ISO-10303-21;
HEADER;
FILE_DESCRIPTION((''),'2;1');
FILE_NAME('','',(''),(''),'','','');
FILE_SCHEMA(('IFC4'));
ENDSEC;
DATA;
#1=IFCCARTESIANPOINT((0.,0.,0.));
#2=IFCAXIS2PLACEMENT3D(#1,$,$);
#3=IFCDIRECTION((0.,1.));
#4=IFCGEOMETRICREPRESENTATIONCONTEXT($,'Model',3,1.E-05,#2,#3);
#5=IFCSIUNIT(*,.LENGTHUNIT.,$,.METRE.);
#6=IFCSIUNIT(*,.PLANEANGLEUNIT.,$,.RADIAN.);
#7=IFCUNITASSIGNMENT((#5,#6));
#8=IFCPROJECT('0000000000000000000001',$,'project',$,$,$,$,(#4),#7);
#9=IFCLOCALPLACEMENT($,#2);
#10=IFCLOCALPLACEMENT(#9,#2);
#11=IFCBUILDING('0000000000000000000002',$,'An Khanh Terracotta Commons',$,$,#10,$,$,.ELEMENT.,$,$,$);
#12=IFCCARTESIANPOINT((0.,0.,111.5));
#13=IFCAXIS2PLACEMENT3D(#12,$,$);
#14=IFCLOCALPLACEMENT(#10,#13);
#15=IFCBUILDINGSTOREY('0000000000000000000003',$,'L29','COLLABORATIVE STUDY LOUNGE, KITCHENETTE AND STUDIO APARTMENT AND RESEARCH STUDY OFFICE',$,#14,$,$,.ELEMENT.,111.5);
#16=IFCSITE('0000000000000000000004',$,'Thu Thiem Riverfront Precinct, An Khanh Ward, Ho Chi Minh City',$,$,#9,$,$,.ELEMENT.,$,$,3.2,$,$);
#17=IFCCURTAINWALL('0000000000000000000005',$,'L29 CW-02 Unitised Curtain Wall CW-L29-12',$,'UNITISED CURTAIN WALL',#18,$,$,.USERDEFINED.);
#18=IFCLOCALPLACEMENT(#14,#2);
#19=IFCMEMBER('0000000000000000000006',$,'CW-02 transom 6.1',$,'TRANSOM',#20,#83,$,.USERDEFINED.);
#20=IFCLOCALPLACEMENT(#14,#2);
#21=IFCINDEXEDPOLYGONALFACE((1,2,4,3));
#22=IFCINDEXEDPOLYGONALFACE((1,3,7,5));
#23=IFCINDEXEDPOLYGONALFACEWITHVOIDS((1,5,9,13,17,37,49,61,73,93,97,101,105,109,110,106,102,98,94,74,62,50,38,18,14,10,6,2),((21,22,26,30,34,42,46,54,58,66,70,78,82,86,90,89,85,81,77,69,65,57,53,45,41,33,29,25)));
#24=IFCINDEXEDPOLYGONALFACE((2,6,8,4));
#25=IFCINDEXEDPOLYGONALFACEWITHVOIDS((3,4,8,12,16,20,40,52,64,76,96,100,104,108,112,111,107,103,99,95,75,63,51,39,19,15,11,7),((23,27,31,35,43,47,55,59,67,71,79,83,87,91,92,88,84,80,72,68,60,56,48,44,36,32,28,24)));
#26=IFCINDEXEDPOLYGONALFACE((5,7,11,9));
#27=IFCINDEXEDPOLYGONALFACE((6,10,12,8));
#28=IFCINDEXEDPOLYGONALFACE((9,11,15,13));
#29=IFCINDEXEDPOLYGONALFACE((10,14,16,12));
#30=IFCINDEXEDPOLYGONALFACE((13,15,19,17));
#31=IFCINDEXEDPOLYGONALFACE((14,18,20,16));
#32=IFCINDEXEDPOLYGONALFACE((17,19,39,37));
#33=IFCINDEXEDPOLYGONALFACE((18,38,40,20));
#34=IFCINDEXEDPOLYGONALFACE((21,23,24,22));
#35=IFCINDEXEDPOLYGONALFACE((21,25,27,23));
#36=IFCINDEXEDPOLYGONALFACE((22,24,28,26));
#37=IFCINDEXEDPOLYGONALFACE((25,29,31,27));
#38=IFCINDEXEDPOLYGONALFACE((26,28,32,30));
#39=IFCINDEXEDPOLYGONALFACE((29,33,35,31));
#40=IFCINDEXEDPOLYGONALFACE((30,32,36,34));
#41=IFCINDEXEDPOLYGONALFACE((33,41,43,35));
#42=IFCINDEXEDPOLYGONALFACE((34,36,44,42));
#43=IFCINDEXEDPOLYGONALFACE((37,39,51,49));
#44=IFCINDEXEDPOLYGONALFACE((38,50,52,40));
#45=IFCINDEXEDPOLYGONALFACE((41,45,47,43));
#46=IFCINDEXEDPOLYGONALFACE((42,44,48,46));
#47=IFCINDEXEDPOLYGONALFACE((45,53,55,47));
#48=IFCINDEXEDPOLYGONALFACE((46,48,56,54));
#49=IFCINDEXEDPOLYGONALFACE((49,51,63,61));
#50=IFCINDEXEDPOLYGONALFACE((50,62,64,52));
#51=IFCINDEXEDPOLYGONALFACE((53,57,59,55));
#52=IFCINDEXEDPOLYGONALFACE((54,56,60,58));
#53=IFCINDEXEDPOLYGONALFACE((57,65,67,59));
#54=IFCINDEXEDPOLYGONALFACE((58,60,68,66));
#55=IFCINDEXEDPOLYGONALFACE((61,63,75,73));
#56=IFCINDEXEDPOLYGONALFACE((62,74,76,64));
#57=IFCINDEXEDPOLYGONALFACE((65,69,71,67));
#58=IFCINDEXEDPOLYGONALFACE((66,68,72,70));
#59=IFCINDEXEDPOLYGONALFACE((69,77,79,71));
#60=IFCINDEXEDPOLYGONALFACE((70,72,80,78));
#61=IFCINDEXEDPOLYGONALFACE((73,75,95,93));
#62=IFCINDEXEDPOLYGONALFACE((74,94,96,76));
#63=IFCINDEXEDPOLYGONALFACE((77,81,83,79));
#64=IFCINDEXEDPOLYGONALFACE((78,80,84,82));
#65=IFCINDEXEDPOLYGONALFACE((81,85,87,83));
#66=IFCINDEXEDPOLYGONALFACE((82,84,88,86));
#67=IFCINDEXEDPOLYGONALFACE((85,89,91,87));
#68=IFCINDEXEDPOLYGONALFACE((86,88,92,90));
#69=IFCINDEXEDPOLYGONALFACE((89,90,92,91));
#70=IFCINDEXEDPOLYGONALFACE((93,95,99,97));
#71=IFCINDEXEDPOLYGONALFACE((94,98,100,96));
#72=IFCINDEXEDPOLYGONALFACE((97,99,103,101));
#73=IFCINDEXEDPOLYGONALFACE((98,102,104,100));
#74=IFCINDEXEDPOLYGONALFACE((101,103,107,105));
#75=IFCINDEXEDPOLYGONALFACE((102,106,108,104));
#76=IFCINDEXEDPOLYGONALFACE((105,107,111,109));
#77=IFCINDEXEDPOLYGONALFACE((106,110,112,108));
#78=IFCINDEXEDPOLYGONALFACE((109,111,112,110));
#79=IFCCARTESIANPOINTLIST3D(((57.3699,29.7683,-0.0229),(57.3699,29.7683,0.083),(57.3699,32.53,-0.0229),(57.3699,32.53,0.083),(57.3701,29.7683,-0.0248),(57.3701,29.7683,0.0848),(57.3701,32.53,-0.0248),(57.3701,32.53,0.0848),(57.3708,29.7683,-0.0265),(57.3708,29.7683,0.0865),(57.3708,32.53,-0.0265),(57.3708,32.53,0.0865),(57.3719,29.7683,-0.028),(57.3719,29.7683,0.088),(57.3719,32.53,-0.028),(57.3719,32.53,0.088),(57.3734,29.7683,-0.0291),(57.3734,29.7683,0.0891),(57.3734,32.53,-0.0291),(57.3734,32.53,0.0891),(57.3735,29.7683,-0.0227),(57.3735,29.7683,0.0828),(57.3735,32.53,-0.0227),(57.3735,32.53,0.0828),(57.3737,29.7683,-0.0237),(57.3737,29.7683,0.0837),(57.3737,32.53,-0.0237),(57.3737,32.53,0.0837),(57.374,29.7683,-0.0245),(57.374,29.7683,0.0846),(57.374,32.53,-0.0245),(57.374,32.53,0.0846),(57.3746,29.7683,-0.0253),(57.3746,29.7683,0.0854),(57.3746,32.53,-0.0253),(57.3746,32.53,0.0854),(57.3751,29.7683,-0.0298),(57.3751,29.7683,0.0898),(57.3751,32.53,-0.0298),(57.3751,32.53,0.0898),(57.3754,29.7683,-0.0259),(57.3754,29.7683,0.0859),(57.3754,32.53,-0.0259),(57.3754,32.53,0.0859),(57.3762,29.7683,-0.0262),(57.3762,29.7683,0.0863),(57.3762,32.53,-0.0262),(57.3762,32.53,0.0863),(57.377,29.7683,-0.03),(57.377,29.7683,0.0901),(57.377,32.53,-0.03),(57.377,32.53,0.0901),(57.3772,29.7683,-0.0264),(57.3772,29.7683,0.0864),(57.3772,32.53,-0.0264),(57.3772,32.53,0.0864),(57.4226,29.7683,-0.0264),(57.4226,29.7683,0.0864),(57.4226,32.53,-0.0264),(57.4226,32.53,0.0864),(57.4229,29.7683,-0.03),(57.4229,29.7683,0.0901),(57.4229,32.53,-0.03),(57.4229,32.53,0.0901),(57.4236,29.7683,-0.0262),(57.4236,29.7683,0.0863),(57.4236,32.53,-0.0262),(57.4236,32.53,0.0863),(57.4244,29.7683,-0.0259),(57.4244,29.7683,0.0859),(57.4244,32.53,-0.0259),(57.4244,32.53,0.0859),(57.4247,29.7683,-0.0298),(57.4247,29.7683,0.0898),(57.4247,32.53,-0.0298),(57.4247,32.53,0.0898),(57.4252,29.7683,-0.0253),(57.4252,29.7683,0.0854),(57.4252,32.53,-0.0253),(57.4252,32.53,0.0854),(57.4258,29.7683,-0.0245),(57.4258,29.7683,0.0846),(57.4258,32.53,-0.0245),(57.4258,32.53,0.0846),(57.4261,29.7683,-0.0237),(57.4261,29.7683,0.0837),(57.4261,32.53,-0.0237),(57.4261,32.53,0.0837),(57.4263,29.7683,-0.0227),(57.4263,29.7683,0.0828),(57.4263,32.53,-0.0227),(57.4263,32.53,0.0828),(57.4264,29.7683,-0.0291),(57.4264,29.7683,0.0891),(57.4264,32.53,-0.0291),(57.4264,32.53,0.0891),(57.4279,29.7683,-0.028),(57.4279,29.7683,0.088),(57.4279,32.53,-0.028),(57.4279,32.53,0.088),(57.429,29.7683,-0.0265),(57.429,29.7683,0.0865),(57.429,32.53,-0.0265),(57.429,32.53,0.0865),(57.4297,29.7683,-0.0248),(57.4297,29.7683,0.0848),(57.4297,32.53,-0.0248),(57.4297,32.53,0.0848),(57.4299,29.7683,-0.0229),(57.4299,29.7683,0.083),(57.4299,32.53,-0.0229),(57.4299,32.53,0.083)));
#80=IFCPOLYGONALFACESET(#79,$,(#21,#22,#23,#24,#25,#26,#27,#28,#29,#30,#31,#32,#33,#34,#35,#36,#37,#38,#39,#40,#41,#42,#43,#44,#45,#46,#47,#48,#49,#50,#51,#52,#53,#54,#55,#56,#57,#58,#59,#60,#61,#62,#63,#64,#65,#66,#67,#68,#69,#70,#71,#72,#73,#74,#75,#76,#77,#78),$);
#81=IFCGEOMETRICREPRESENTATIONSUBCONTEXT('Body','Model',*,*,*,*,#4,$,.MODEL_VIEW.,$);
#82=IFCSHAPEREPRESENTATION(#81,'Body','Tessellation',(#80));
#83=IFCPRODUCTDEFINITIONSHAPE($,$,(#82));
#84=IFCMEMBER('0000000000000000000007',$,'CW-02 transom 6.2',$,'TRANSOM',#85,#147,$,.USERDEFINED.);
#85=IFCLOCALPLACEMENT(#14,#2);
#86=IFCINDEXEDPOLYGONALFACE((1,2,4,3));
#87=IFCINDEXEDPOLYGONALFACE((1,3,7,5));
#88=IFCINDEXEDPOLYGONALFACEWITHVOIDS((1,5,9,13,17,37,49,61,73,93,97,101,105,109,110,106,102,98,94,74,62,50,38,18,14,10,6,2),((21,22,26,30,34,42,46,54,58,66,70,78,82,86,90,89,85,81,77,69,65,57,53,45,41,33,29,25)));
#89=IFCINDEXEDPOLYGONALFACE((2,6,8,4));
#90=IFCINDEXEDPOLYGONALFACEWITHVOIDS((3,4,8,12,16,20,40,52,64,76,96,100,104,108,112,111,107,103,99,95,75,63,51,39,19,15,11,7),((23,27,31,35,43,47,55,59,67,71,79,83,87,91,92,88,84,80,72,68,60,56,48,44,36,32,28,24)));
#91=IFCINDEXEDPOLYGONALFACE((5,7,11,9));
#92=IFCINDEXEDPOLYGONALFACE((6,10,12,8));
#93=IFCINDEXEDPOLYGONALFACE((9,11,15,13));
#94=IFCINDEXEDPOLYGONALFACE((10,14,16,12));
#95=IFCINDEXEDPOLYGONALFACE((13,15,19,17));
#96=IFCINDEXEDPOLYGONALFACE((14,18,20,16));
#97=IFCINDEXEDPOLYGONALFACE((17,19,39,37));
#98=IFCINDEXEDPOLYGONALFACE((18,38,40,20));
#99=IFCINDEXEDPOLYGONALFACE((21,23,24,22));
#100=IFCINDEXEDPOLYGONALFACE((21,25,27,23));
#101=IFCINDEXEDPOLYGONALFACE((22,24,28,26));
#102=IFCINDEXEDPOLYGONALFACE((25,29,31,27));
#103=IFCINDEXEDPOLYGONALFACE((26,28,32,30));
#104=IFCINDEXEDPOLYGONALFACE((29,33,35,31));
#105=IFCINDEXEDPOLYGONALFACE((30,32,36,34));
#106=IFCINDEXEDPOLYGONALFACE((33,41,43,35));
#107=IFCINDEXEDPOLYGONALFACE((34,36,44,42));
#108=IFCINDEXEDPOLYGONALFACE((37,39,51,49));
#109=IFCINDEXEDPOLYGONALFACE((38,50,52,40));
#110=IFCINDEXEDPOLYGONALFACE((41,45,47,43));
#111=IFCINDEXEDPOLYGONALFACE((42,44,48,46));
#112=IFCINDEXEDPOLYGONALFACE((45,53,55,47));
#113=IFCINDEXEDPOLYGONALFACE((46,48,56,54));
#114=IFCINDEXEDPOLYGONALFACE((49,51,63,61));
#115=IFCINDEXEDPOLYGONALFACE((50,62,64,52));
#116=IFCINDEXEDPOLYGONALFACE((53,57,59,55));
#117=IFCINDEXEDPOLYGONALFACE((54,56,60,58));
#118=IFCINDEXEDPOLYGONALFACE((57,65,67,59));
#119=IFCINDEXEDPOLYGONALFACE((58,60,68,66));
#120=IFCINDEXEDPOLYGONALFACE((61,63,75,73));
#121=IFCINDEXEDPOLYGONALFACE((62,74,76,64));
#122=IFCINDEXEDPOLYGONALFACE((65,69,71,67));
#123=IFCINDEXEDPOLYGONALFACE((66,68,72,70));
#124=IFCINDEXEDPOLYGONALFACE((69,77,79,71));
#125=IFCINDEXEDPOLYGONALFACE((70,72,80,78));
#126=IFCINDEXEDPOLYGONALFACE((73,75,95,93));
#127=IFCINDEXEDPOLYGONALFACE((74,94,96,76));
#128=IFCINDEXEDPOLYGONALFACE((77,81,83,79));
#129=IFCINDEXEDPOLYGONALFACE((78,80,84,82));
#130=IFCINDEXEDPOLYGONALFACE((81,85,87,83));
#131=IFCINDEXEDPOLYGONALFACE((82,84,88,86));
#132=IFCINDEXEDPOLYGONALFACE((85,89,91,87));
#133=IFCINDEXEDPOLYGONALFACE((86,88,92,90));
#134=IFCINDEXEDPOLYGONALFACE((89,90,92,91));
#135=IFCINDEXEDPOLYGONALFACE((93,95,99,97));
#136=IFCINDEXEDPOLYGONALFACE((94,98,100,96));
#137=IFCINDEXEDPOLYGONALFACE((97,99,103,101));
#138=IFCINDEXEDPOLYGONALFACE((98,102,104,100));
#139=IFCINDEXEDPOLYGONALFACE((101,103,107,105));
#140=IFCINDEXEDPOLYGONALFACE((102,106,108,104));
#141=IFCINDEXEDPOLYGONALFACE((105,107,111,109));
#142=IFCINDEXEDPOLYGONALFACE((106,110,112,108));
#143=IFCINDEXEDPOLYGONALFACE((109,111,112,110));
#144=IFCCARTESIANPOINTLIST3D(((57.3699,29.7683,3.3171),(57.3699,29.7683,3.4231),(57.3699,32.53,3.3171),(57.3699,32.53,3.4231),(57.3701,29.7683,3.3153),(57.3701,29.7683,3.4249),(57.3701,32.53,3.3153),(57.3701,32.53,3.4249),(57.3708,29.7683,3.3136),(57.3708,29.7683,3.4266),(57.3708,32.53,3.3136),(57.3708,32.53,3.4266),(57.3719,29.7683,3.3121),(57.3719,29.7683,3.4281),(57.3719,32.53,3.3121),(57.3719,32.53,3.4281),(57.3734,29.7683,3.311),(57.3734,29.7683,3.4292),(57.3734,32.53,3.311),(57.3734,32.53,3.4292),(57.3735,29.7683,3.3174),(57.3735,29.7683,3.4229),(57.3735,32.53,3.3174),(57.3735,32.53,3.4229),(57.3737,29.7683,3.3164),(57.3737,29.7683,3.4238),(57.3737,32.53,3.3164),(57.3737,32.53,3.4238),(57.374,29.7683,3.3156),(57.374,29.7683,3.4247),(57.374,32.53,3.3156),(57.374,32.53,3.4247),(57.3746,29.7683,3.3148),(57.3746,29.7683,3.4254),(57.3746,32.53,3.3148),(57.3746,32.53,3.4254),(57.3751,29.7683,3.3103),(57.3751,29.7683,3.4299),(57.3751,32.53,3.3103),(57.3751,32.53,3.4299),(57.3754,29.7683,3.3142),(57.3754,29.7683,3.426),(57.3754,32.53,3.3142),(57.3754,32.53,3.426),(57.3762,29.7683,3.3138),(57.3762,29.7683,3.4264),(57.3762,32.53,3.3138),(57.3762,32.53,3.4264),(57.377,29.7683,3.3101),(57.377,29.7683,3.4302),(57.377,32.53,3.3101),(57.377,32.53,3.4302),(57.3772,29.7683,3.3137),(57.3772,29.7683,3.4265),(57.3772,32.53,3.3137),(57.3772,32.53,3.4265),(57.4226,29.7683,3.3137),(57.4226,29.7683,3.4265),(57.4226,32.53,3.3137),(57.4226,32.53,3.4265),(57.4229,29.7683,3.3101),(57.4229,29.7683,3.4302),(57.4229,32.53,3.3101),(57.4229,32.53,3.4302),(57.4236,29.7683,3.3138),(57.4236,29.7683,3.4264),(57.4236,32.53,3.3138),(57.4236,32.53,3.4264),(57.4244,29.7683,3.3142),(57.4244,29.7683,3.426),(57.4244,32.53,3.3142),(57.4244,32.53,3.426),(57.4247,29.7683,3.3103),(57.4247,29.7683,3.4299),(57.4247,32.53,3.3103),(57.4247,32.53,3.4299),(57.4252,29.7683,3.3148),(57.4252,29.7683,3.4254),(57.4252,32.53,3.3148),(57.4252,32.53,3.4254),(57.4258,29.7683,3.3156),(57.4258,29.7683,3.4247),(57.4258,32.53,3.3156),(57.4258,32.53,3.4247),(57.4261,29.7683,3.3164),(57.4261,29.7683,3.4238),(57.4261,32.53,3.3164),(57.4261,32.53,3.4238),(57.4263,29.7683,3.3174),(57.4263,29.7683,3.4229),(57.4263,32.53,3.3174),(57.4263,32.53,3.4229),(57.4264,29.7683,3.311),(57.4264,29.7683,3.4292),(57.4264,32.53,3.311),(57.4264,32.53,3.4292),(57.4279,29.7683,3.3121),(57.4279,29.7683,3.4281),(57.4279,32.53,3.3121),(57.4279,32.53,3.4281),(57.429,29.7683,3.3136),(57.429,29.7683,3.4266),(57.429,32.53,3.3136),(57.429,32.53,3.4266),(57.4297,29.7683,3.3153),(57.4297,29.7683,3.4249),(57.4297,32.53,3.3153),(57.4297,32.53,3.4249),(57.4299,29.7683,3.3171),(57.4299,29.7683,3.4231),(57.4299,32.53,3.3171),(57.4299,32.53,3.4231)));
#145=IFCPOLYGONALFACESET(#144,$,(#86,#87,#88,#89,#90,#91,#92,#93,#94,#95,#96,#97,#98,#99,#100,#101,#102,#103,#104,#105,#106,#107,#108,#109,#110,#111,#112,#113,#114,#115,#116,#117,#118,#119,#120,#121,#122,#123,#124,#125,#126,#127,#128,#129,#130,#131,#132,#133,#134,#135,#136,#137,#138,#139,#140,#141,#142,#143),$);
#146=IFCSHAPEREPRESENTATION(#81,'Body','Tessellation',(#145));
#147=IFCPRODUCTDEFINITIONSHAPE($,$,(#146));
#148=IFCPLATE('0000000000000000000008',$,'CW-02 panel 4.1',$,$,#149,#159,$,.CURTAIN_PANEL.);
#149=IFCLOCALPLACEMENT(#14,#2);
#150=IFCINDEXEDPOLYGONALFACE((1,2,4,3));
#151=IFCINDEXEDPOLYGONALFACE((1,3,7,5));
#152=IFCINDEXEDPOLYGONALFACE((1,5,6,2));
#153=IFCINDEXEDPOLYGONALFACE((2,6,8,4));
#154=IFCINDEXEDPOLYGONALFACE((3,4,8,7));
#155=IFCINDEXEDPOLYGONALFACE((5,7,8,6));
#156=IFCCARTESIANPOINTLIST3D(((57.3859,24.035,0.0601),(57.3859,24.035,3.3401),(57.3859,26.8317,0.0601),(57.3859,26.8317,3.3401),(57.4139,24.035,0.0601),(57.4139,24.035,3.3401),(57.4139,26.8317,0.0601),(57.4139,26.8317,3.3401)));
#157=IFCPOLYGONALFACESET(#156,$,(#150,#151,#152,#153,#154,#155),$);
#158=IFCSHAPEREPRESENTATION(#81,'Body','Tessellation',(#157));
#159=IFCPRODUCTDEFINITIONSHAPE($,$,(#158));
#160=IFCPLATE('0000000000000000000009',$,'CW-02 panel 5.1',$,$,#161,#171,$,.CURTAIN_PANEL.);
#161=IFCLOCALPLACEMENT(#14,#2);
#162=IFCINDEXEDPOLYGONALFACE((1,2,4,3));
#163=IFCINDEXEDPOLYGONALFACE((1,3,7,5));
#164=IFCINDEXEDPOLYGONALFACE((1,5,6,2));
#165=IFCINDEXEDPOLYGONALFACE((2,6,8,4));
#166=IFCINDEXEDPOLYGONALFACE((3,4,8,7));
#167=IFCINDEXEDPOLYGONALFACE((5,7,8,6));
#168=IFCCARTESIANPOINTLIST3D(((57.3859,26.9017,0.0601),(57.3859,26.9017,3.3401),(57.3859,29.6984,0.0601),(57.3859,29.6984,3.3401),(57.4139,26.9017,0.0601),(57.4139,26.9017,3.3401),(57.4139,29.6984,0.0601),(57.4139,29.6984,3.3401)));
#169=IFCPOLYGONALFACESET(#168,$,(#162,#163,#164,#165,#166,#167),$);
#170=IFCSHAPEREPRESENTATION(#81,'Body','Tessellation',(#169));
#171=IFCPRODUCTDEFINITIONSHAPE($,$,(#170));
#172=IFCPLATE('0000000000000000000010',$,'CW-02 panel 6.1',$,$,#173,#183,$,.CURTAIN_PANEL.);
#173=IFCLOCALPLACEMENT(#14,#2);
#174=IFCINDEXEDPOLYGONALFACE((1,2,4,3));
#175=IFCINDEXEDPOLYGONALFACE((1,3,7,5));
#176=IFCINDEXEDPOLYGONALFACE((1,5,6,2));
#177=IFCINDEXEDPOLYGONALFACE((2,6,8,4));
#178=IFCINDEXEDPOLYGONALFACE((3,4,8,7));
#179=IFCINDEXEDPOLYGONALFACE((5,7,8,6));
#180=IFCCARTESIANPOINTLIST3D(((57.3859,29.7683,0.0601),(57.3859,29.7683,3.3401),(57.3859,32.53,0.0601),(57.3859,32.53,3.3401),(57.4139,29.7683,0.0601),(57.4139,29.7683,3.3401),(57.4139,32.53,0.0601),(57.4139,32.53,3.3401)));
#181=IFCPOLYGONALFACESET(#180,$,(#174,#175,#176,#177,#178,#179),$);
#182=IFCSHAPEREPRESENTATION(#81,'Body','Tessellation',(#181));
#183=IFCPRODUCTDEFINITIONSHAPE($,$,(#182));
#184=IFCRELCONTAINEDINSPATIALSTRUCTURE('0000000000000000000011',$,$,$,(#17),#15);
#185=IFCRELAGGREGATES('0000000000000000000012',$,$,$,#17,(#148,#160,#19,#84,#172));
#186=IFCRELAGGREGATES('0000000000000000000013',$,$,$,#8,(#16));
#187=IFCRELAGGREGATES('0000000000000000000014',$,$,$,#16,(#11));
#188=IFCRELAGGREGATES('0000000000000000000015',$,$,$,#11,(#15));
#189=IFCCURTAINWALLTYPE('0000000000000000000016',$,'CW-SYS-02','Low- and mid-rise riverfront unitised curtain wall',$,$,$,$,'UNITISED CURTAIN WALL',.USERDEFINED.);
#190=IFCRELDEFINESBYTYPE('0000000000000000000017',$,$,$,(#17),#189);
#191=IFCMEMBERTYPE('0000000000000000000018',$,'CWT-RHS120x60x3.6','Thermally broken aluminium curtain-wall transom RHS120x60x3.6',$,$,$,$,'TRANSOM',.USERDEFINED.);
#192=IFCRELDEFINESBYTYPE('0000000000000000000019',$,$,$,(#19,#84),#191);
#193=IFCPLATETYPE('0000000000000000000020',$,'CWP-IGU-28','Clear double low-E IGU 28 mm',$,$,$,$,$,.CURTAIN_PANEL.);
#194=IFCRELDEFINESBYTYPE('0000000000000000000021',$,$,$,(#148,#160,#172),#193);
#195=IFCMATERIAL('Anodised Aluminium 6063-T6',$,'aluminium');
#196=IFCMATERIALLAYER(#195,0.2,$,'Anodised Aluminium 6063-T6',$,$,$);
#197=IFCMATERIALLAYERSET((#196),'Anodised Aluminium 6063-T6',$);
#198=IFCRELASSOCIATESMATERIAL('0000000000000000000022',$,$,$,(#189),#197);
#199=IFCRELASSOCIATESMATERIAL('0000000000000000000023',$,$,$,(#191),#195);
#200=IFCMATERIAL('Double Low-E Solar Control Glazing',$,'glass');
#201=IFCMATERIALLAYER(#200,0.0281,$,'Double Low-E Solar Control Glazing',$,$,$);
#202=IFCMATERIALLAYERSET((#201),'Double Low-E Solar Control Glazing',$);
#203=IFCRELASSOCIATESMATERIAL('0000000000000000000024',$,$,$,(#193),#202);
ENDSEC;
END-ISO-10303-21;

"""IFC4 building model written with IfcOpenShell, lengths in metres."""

from ifc_helpers import new_model, si_unit, direction, frame, origin, origin_2d, place, context, subcontext, project, spatial, rectangle, hollow_rectangle, extrude, material, layer, layer_set, material_profile, profile_set, type_object, element, aggregate, save


model = new_model("IFC4")

# Units and contexts
model_context = context("Model", 3, precision=1e-05, world=origin(), true_north=direction((0.0, 1.0)))
body_context = subcontext(model_context, "Body", "Model", "MODEL_VIEW")
ifc_project = project(units=[si_unit("LENGTHUNIT", "METRE"), si_unit("PLANEANGLEUNIT", "RADIAN")], contexts=[model_context])

# Site, building, storey
site_placement = place(None, origin())
site = spatial("IfcSite", under=ifc_project, at=site_placement, Name="Thu Thiem Riverfront Precinct, An Khanh Ward, Ho Chi Minh City", CompositionType="ELEMENT", RefElevation=3.2)
building_placement = place(site_placement, origin())
building = spatial("IfcBuilding", under=site, at=building_placement, Name="An Khanh Terracotta Commons", CompositionType="ELEMENT")
storey_placement = place(building_placement, frame((0.0, 0.0, 111.5)))
storey = spatial("IfcBuildingStorey", under=building, at=storey_placement, Name="L29", Description="COLLABORATIVE STUDY LOUNGE, KITCHENETTE AND STUDIO APARTMENT AND RESEARCH STUDY OFFICE", CompositionType="ELEMENT", Elevation=111.5)

# Curtain wall, members, plates
ifc_material_1 = material(Name="Anodised Aluminium 6063-T6", Category="aluminium")
ifc_layer_1 = layer(ifc_material_1, 0.2, Name="Anodised Aluminium 6063-T6")
ifc_layer_set_1 = layer_set([ifc_layer_1], Name="Anodised Aluminium 6063-T6")
curtain_wall_type = type_object("IfcCurtainWallType", Name="CW-SYS-02", Description="Low- and mid-rise riverfront unitised curtain wall", ElementType="UNITISED CURTAIN WALL", PredefinedType="USERDEFINED", material=ifc_layer_set_1)
curtain_wall_placement = place(storey_placement, origin())
curtain_wall = element("IfcCurtainWall", 1, at=curtain_wall_placement, inside=storey, type_object=curtain_wall_type, Name="L29 CW-02 Unitised Curtain Wall CW-L29-12", ObjectType="UNITISED CURTAIN WALL", PredefinedType="USERDEFINED")
ifc_material_profile_1 = material_profile(ifc_material_1, hollow_rectangle(XDim=0.0601, YDim=0.1201, WallThickness=0.0037, InnerFilletRadius=0.0037, OuterFilletRadius=0.0071, at=origin_2d()), Name="RHS120x60x3.6")
ifc_profile_set_1 = profile_set([ifc_material_profile_1], Name="Anodised Aluminium 6063-T6")
member_type_1 = type_object("IfcMemberType", Name="CWT-RHS120x60x3.6", Description="Thermally broken aluminium curtain-wall transom RHS120x60x3.6", ElementType="TRANSOM", PredefinedType="USERDEFINED", material=ifc_profile_set_1)
member_1_placement = place(storey_placement, frame((57.3999, 29.7683, 0.03), z_axis=(0.0, 1.0, 0.0), x_axis=(-1.0, 0.0, 0.0)))
member_1 = element("IfcMember", 2, at=member_1_placement, type_object=member_type_1, Name="CW-02 transom 6.1", ObjectType="TRANSOM", PredefinedType="USERDEFINED", context=body_context, shape_type="SweptSolid", body=[
    extrude(hollow_rectangle(XDim=0.0601, YDim=0.1201, WallThickness=0.0037, InnerFilletRadius=0.0037, OuterFilletRadius=0.0071, at=origin_2d()), origin(), (0.0, 0.0, 1.0), 2.7617),
])
member_2_placement = place(storey_placement, frame((57.3999, 29.7683, 3.3701), z_axis=(0.0, 1.0, 0.0), x_axis=(-1.0, 0.0, 0.0)))
member_2 = element("IfcMember", 3, at=member_2_placement, type_object=member_type_1, Name="CW-02 transom 6.2", ObjectType="TRANSOM", PredefinedType="USERDEFINED", context=body_context, shape_type="SweptSolid", body=[
    extrude(hollow_rectangle(XDim=0.0601, YDim=0.1201, WallThickness=0.0037, InnerFilletRadius=0.0037, OuterFilletRadius=0.0071, at=origin_2d()), origin(), (0.0, 0.0, 1.0), 2.7617),
])
ifc_material_2 = material(Name="Double Low-E Solar Control Glazing", Category="glass")
ifc_layer_2 = layer(ifc_material_2, 0.0281, Name="Double Low-E Solar Control Glazing")
ifc_layer_set_2 = layer_set([ifc_layer_2], Name="Double Low-E Solar Control Glazing")
plate_type = type_object("IfcPlateType", Name="CWP-IGU-28", Description="Clear double low-E IGU 28 mm", PredefinedType="CURTAIN_PANEL", material=ifc_layer_set_2)
plate_1_placement = place(storey_placement, frame((57.3999, 25.4333, 0.0601), z_axis=(0.0, 0.0, 1.0), x_axis=(0.0, 1.0, 0.0)))
plate_1 = element("IfcPlate", 4, at=plate_1_placement, type_object=plate_type, Name="CW-02 panel 4.1", PredefinedType="CURTAIN_PANEL", context=body_context, shape_type="SweptSolid", body=[
    extrude(rectangle(XDim=2.7966, YDim=0.0281, at=origin_2d()), origin(), (0.0, 0.0, 1.0), 3.28),
])
plate_2_placement = place(storey_placement, frame((57.3999, 28.3, 0.0601), z_axis=(0.0, 0.0, 1.0), x_axis=(0.0, 1.0, 0.0)))
plate_2 = element("IfcPlate", 5, at=plate_2_placement, type_object=plate_type, Name="CW-02 panel 5.1", PredefinedType="CURTAIN_PANEL", context=body_context, shape_type="SweptSolid", body=[
    extrude(rectangle(XDim=2.7966, YDim=0.0281, at=origin_2d()), origin(), (0.0, 0.0, 1.0), 3.28),
])
plate_3_placement = place(storey_placement, frame((57.3999, 31.1492, 0.0601), z_axis=(0.0, 0.0, 1.0), x_axis=(0.0, 1.0, 0.0)))
plate_3 = element("IfcPlate", 6, at=plate_3_placement, type_object=plate_type, Name="CW-02 panel 6.1", PredefinedType="CURTAIN_PANEL", context=body_context, shape_type="SweptSolid", body=[
    extrude(rectangle(XDim=2.7617, YDim=0.0281, at=origin_2d()), origin(), (0.0, 0.0, 1.0), 3.28),
])
aggregate(curtain_wall, [plate_1, plate_2, member_1, member_2, plate_3])

save(model, "model.ifc")
